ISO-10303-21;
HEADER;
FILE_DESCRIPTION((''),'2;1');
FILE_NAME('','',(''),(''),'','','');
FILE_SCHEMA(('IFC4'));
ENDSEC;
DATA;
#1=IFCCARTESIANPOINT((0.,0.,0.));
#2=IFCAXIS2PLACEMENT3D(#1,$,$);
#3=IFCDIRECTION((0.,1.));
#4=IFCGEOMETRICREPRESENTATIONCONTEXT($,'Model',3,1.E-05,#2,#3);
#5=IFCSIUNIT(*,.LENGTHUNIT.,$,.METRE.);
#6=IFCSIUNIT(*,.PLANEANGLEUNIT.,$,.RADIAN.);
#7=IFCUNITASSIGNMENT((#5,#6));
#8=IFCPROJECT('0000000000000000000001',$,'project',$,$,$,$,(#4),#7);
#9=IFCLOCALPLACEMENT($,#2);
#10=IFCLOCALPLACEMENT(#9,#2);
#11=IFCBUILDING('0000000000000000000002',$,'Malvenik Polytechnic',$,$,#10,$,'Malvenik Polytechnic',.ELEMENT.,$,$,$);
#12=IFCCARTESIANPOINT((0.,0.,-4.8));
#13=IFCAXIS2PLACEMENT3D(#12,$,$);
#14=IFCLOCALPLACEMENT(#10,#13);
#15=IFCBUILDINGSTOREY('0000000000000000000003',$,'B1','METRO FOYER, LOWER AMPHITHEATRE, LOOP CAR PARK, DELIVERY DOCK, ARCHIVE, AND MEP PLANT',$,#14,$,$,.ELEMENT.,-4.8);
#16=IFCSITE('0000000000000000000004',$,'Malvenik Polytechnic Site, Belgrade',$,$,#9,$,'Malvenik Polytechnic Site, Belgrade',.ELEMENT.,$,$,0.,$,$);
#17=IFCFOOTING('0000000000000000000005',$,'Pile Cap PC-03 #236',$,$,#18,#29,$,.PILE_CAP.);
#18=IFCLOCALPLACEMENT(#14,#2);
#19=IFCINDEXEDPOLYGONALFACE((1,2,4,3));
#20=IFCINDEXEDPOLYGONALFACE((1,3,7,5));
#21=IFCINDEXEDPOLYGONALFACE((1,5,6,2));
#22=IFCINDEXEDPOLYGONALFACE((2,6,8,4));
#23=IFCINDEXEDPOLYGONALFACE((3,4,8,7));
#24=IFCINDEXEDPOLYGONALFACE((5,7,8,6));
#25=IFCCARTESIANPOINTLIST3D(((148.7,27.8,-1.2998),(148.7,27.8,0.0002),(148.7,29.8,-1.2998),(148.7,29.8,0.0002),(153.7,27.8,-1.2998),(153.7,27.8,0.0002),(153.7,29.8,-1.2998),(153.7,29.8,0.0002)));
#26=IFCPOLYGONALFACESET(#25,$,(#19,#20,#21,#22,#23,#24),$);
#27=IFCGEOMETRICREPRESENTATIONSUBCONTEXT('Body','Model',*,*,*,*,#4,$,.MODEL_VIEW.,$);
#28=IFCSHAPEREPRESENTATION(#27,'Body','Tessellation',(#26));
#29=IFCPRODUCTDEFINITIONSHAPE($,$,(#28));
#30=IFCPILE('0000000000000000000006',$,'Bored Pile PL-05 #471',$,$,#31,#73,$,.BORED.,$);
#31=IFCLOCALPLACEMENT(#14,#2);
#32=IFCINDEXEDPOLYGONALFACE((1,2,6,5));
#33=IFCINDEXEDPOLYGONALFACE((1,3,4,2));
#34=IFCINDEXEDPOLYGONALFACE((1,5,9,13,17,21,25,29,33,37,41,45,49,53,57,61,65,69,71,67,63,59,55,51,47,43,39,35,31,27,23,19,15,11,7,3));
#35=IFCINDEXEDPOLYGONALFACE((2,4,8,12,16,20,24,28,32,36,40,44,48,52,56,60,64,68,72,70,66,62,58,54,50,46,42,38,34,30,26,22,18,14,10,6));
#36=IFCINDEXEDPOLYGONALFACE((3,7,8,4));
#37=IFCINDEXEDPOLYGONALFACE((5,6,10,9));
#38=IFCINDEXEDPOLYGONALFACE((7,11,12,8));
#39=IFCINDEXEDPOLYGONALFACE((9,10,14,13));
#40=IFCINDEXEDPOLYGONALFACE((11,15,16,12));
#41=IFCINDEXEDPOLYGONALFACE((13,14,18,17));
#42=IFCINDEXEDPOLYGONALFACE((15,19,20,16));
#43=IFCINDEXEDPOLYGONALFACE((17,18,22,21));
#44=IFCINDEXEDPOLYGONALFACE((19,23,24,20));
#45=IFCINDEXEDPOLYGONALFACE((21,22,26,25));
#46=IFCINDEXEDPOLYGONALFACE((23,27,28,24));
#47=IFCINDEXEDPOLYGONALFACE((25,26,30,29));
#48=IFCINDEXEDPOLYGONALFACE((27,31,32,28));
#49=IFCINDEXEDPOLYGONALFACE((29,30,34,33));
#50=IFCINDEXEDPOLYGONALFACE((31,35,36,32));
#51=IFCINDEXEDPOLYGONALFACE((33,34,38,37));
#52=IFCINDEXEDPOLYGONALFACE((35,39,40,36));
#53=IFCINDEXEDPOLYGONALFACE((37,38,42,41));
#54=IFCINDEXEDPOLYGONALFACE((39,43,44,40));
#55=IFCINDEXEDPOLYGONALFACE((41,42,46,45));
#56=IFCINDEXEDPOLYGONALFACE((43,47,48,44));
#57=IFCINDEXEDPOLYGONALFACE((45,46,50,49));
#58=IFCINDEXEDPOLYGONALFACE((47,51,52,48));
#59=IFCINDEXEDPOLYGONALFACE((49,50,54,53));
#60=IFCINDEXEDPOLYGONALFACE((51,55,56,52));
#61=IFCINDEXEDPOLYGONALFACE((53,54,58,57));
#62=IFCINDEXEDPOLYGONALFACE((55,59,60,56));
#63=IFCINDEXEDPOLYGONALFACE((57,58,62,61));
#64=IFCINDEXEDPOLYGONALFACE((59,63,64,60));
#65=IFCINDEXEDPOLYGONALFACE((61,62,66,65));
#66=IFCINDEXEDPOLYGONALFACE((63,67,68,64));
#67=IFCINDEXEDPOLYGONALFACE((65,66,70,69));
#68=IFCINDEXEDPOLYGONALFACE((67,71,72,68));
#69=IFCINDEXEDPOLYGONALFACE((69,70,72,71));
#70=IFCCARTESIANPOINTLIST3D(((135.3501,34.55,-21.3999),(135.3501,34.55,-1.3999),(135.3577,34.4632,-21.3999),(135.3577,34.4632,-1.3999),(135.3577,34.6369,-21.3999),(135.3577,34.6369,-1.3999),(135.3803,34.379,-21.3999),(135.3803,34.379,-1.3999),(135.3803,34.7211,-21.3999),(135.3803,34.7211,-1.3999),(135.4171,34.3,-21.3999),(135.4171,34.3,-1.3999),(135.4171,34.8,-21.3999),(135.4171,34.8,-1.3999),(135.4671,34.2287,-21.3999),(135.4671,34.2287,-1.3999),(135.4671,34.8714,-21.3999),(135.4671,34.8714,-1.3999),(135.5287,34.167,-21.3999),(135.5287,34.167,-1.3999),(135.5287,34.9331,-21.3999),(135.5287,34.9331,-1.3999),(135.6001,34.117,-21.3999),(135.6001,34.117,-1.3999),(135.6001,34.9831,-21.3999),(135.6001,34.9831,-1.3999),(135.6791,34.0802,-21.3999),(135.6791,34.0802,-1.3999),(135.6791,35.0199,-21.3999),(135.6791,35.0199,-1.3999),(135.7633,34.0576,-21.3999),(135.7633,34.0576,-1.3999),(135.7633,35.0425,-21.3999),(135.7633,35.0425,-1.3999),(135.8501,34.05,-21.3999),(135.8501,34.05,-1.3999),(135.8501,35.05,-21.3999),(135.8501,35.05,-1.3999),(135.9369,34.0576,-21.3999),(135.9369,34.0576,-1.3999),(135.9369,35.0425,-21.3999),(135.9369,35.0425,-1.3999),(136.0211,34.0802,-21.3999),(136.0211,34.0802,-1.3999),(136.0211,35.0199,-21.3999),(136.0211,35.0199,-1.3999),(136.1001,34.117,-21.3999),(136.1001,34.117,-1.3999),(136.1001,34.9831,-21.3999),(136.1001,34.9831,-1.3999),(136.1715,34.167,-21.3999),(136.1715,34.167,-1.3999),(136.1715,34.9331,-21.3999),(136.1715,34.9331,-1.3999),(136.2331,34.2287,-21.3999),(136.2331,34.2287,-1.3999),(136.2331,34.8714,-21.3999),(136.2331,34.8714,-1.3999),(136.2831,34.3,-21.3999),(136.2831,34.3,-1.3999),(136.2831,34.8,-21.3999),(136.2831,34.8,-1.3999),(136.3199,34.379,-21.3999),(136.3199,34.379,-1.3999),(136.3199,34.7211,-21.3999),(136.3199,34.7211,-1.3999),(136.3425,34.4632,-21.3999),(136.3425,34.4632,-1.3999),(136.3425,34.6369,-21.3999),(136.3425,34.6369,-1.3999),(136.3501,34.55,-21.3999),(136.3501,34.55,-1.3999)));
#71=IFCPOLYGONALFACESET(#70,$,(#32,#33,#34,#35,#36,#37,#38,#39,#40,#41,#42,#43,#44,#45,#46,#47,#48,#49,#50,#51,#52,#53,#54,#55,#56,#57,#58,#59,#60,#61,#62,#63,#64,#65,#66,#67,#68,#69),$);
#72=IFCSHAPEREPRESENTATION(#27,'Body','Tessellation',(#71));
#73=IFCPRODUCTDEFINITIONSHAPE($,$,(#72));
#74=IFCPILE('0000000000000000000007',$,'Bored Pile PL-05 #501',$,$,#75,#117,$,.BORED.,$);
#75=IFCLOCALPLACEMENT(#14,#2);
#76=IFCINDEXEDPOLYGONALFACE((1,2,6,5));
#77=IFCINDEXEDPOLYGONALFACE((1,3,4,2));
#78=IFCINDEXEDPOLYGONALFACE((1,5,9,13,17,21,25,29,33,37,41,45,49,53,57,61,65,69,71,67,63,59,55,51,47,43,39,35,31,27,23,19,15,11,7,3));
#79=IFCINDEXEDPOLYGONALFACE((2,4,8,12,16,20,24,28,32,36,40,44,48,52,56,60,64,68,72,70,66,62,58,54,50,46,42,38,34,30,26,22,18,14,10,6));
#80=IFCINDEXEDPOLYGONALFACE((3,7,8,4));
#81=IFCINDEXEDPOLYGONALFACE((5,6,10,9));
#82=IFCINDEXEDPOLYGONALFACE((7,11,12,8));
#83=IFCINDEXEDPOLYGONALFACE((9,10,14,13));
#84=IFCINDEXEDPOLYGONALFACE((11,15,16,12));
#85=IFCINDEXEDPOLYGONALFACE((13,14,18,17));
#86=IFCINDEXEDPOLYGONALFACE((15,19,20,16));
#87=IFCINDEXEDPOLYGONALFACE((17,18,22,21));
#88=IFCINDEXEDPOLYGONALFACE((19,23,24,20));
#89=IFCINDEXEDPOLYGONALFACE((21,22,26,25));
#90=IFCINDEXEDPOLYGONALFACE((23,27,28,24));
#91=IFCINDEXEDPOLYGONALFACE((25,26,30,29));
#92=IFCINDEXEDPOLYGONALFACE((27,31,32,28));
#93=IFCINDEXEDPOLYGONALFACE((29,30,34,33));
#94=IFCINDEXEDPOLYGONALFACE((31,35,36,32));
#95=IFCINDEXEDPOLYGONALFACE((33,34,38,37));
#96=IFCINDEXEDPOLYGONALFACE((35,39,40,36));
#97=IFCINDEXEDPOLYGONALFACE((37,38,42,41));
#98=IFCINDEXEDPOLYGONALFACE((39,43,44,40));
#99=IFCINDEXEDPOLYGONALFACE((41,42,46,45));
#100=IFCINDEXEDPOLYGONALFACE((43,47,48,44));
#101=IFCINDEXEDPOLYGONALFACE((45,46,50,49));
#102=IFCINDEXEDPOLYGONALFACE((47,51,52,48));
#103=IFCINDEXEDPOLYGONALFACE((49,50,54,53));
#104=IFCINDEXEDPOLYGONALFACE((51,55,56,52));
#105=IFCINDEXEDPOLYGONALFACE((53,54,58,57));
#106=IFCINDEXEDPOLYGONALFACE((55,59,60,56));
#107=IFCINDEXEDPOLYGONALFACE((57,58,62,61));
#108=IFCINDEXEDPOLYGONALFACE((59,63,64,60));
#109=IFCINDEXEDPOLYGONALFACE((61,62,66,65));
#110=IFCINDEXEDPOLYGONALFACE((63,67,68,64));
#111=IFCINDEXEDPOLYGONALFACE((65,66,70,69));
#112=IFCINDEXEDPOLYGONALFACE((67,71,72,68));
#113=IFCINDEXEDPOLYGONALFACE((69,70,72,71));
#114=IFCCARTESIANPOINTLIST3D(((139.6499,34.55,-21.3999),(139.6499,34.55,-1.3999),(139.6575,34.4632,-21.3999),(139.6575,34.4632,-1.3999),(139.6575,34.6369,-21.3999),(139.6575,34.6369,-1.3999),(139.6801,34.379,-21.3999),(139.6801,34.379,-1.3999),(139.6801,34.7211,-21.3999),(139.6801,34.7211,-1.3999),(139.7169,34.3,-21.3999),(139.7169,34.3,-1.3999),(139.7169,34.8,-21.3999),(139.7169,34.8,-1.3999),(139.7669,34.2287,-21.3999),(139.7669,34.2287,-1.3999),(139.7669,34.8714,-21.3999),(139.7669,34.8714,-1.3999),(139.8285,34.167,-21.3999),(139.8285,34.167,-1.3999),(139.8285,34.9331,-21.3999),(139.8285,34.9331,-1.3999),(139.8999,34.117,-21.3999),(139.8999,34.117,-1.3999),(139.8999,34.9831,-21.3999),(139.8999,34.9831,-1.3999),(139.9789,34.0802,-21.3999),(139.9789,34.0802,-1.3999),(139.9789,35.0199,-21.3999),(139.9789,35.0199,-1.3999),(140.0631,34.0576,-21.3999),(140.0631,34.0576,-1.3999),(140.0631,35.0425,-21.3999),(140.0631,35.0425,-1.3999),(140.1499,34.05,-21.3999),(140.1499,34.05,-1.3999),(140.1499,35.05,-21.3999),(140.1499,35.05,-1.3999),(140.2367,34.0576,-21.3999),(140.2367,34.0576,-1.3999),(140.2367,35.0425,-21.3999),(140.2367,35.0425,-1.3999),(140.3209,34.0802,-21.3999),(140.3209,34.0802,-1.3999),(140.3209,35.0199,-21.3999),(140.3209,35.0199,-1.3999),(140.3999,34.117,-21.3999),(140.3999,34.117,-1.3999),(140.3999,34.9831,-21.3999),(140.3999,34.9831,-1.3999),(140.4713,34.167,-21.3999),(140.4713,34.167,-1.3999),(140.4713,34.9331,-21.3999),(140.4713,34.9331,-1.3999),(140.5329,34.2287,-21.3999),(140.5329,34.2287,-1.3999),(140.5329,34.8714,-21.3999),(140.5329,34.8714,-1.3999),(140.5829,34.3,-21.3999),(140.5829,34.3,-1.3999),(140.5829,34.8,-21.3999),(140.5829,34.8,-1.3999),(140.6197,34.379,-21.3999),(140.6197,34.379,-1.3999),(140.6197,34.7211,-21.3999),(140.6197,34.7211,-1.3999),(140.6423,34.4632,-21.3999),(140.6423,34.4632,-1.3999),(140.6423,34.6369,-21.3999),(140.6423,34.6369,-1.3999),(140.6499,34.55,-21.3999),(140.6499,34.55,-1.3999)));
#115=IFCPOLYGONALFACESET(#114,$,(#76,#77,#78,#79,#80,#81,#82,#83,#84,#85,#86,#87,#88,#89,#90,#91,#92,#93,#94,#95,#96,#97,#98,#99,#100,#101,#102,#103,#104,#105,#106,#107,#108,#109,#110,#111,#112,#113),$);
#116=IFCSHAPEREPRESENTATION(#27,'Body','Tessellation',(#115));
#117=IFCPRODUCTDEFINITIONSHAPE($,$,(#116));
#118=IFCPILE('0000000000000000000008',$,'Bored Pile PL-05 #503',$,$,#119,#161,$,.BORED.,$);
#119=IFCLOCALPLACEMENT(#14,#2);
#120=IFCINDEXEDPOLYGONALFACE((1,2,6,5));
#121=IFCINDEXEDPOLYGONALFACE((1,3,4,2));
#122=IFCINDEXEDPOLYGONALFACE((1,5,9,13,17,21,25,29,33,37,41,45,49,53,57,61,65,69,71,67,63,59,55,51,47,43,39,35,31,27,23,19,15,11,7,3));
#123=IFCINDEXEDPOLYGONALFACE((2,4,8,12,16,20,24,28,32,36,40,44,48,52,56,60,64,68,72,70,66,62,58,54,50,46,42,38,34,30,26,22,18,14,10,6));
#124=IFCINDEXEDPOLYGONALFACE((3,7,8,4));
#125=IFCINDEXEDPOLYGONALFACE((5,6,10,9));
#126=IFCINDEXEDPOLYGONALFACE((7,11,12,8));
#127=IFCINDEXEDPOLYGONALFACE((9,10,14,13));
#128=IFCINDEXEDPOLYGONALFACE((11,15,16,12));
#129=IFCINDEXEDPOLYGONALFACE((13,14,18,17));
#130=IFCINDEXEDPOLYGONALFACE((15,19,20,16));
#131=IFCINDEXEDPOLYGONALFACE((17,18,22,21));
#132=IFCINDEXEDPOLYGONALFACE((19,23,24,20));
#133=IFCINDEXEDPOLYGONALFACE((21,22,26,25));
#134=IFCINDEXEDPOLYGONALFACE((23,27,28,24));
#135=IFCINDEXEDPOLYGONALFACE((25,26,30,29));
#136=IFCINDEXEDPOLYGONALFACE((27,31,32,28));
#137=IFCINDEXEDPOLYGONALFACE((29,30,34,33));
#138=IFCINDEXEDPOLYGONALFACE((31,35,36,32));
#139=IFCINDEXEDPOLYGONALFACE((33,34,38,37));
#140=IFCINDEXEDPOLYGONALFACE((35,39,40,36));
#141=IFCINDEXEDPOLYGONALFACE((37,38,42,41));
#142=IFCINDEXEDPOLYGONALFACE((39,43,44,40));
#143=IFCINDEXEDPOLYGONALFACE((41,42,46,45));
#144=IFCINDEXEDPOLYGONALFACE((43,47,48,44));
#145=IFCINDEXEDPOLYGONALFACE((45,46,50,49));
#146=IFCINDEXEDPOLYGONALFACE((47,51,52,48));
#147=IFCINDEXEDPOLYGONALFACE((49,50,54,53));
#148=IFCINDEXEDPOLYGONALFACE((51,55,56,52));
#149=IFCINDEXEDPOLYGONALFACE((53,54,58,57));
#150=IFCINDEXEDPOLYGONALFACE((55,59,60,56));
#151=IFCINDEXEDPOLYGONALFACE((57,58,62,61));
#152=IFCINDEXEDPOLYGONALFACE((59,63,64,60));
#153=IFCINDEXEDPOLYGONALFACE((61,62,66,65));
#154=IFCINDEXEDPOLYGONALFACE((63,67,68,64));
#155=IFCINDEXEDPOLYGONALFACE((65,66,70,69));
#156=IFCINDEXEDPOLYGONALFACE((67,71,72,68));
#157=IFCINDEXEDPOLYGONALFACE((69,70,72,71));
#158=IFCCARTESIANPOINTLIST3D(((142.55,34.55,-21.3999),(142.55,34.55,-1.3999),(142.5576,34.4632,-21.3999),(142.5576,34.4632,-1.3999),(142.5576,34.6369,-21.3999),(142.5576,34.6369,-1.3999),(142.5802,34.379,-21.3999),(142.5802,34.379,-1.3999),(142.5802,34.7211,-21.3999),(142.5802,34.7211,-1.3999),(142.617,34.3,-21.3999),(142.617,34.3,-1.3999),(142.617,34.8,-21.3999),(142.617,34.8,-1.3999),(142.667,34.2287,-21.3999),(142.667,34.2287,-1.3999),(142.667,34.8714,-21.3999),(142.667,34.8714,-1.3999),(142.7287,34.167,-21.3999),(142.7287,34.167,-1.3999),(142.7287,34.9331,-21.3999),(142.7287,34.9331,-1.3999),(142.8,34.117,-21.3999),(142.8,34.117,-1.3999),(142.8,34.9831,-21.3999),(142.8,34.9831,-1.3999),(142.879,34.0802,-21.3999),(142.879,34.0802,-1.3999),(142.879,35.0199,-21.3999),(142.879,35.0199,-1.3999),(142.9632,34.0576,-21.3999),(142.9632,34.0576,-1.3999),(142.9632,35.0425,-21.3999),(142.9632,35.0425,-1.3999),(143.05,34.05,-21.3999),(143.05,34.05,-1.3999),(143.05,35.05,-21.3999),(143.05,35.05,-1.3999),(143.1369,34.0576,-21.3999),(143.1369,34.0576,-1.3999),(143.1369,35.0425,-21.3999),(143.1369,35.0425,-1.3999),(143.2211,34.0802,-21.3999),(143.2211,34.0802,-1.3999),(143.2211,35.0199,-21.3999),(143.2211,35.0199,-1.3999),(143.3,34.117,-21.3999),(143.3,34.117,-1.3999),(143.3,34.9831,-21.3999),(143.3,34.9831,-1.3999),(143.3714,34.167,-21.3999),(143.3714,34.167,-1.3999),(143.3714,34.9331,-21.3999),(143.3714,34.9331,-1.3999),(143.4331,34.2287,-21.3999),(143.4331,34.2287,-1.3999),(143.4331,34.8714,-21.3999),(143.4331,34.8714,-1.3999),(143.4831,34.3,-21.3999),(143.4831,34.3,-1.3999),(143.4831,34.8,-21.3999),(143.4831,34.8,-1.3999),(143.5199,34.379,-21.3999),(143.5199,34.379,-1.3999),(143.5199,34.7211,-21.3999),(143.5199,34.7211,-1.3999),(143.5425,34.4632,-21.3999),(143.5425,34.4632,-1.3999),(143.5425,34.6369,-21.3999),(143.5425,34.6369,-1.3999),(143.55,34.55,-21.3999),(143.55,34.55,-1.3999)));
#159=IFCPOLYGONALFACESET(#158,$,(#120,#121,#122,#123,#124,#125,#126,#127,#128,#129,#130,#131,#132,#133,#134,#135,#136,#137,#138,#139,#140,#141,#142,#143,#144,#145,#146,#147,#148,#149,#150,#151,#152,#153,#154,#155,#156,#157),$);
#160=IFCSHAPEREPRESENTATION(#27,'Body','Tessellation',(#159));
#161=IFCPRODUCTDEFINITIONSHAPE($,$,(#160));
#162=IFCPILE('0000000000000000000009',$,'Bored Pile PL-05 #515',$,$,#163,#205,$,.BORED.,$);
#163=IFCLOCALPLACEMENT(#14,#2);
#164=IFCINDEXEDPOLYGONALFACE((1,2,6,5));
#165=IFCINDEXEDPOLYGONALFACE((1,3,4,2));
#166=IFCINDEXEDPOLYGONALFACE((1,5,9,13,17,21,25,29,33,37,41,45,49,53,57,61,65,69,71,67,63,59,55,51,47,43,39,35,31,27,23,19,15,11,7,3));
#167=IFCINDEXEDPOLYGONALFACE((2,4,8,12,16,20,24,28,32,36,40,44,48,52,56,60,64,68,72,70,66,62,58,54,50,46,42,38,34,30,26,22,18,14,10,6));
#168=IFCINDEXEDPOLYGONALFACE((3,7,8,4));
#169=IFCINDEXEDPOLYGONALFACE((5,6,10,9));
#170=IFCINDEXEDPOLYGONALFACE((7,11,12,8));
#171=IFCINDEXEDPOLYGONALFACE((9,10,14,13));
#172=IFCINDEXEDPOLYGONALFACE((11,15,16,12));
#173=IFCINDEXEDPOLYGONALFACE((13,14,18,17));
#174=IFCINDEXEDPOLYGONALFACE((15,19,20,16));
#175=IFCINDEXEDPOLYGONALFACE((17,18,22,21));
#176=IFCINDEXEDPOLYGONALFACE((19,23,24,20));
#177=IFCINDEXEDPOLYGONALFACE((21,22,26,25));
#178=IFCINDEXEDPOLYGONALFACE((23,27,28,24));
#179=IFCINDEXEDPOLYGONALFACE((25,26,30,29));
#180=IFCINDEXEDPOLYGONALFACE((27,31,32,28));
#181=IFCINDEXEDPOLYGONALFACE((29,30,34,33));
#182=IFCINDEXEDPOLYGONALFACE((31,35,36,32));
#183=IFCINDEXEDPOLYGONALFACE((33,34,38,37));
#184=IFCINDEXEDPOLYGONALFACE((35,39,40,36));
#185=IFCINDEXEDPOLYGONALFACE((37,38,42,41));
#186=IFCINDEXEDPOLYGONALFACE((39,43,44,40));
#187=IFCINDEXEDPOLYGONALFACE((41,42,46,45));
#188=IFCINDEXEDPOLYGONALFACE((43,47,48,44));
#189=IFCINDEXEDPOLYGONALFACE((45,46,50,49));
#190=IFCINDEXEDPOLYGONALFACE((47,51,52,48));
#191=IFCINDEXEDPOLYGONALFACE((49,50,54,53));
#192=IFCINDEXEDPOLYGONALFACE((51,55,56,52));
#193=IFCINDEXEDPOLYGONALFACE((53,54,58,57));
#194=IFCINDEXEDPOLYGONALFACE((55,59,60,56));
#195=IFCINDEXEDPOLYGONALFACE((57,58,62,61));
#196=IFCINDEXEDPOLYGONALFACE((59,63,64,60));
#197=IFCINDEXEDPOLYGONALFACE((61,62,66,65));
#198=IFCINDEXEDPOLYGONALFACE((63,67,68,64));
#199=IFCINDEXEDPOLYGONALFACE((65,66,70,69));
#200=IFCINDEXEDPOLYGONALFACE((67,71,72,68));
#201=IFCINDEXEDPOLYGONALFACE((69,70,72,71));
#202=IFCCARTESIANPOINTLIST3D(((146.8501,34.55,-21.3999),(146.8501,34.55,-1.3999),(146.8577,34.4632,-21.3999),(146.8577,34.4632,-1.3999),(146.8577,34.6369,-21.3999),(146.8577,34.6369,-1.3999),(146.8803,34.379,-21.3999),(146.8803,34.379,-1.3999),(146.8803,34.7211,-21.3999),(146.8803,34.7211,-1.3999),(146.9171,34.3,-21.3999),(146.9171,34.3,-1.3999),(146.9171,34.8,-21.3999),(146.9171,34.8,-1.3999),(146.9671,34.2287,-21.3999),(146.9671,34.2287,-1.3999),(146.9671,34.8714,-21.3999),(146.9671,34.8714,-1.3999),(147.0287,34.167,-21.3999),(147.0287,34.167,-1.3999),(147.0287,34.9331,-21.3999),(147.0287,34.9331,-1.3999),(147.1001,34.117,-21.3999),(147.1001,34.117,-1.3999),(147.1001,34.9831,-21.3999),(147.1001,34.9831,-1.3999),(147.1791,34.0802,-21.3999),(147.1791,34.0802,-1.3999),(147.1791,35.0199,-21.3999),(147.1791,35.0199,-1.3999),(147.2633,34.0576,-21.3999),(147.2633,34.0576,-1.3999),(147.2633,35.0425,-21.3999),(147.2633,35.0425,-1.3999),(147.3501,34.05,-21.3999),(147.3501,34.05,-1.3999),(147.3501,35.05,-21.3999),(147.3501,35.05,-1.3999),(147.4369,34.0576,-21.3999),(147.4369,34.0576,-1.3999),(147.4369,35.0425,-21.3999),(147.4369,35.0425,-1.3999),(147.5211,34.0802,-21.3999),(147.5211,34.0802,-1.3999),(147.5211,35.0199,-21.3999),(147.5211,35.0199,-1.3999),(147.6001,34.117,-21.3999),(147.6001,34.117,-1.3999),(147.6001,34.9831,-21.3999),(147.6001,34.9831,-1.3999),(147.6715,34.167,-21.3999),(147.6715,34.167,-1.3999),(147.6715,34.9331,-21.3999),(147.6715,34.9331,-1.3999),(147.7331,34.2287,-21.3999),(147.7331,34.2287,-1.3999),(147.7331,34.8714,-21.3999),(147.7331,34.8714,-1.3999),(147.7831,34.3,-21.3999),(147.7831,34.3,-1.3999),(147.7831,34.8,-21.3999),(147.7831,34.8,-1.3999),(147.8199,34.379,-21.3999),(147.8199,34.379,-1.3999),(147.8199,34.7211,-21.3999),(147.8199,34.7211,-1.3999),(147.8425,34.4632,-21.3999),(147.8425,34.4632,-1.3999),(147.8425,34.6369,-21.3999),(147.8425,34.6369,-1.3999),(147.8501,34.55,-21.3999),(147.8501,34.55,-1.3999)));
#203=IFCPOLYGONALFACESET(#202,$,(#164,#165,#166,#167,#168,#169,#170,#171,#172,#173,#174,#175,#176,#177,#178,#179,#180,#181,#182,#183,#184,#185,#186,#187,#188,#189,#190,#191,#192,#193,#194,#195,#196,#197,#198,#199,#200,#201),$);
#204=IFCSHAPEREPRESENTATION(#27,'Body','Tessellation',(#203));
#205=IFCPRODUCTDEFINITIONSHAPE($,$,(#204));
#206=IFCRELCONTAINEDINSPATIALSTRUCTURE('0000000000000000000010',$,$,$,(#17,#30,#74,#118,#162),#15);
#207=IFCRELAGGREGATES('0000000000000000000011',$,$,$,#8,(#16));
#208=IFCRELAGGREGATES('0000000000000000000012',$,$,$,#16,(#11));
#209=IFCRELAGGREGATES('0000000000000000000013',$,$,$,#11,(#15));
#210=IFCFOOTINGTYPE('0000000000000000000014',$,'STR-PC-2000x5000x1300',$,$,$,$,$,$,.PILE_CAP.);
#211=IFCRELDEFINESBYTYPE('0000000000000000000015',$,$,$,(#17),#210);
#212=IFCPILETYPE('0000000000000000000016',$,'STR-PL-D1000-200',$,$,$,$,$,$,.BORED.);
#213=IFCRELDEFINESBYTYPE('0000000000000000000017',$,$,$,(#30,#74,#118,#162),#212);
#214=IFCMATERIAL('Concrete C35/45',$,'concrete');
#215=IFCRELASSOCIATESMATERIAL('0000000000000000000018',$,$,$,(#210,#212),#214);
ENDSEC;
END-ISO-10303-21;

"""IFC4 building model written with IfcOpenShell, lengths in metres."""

from ifc_helpers import new_model, si_unit, direction, frame, origin, origin_2d, place, context, subcontext, project, spatial, rectangle, circle, extrude, material, material_profile, profile_set, type_object, element, save


model = new_model("IFC4")

# Units and contexts
model_context = context("Model", 3, precision=1e-05, world=origin(), true_north=direction((0.0, 1.0)))
body_context = subcontext(model_context, "Body", "Model", "MODEL_VIEW")
ifc_project = project(units=[si_unit("LENGTHUNIT", "METRE"), si_unit("PLANEANGLEUNIT", "RADIAN")], contexts=[model_context])

# Site, building, storey
site_placement = place(None, origin())
site = spatial("IfcSite", under=ifc_project, at=site_placement, Name="Malvenik Polytechnic Site, Belgrade", LongName="Malvenik Polytechnic Site, Belgrade", CompositionType="ELEMENT", RefElevation=0.0)
building_placement = place(site_placement, origin())
building = spatial("IfcBuilding", under=site, at=building_placement, Name="Malvenik Polytechnic", LongName="Malvenik Polytechnic", CompositionType="ELEMENT")
storey_placement = place(building_placement, frame((0.0, 0.0, -4.8)))
storey = spatial("IfcBuildingStorey", under=building, at=storey_placement, Name="B1", Description="METRO FOYER, LOWER AMPHITHEATRE, LOOP CAR PARK, DELIVERY DOCK, ARCHIVE, AND MEP PLANT", CompositionType="ELEMENT", Elevation=-4.8)

# Footing
ifc_material_1 = material(Name="Concrete C35/45", Category="concrete")
footing_type = type_object("IfcFootingType", Name="STR-PC-2000x5000x1300", PredefinedType="PILE_CAP", material=ifc_material_1)
footing_placement = place(storey_placement, frame((151.2, 28.8, -1.2998), z_axis=(0.0, 0.0, 1.0), x_axis=(1.0, 0.0, 0.0)))
element("IfcFooting", 1, at=footing_placement, inside=storey, type_object=footing_type, Name="Pile Cap PC-03 #236", PredefinedType="PILE_CAP", context=body_context, shape_type="SweptSolid", body=[
    extrude(rectangle(XDim=5.0, YDim=2.0, at=origin_2d()), origin(), (0.0, 0.0, 1.0), 1.3),
])

# Piles
ifc_material_profile_1 = material_profile(ifc_material_1, circle(Radius=0.5, at=origin_2d()), Name="BORED PILE D1000")
ifc_profile_set_1 = profile_set([ifc_material_profile_1], Name="Concrete C35/45")
pile_type_1 = type_object("IfcPileType", Name="STR-PL-D1000-200", PredefinedType="BORED", material=ifc_profile_set_1)
for number, where, z_axis, x_axis, name in (
    (2, (135.8501, 34.55, -1.3999), (0.0, 0.0, -1.0), (1.0, 0.0, 0.0), "Bored Pile PL-05 #471"),
    (3, (140.1499, 34.55, -1.3999), (0.0, 0.0, -1.0), (1.0, 0.0, 0.0), "Bored Pile PL-05 #501"),
    (4, (143.05, 34.55, -1.3999), (0.0, 0.0, -1.0), (1.0, 0.0, 0.0), "Bored Pile PL-05 #503"),
    (5, (147.3501, 34.55, -1.3999), (0.0, 0.0, -1.0), (1.0, 0.0, 0.0), "Bored Pile PL-05 #515"),
):
    element("IfcPile", number, at=place(storey_placement, frame(where, z_axis=z_axis, x_axis=x_axis)), inside=storey, type_object=pile_type_1, Name=name, PredefinedType="BORED", context=body_context, shape_type="SweptSolid", body=[
        extrude(circle(Radius=0.5, at=origin_2d()), origin(), (0.0, 0.0, 1.0), 20.0),
    ])

save(model, "model.ifc")
